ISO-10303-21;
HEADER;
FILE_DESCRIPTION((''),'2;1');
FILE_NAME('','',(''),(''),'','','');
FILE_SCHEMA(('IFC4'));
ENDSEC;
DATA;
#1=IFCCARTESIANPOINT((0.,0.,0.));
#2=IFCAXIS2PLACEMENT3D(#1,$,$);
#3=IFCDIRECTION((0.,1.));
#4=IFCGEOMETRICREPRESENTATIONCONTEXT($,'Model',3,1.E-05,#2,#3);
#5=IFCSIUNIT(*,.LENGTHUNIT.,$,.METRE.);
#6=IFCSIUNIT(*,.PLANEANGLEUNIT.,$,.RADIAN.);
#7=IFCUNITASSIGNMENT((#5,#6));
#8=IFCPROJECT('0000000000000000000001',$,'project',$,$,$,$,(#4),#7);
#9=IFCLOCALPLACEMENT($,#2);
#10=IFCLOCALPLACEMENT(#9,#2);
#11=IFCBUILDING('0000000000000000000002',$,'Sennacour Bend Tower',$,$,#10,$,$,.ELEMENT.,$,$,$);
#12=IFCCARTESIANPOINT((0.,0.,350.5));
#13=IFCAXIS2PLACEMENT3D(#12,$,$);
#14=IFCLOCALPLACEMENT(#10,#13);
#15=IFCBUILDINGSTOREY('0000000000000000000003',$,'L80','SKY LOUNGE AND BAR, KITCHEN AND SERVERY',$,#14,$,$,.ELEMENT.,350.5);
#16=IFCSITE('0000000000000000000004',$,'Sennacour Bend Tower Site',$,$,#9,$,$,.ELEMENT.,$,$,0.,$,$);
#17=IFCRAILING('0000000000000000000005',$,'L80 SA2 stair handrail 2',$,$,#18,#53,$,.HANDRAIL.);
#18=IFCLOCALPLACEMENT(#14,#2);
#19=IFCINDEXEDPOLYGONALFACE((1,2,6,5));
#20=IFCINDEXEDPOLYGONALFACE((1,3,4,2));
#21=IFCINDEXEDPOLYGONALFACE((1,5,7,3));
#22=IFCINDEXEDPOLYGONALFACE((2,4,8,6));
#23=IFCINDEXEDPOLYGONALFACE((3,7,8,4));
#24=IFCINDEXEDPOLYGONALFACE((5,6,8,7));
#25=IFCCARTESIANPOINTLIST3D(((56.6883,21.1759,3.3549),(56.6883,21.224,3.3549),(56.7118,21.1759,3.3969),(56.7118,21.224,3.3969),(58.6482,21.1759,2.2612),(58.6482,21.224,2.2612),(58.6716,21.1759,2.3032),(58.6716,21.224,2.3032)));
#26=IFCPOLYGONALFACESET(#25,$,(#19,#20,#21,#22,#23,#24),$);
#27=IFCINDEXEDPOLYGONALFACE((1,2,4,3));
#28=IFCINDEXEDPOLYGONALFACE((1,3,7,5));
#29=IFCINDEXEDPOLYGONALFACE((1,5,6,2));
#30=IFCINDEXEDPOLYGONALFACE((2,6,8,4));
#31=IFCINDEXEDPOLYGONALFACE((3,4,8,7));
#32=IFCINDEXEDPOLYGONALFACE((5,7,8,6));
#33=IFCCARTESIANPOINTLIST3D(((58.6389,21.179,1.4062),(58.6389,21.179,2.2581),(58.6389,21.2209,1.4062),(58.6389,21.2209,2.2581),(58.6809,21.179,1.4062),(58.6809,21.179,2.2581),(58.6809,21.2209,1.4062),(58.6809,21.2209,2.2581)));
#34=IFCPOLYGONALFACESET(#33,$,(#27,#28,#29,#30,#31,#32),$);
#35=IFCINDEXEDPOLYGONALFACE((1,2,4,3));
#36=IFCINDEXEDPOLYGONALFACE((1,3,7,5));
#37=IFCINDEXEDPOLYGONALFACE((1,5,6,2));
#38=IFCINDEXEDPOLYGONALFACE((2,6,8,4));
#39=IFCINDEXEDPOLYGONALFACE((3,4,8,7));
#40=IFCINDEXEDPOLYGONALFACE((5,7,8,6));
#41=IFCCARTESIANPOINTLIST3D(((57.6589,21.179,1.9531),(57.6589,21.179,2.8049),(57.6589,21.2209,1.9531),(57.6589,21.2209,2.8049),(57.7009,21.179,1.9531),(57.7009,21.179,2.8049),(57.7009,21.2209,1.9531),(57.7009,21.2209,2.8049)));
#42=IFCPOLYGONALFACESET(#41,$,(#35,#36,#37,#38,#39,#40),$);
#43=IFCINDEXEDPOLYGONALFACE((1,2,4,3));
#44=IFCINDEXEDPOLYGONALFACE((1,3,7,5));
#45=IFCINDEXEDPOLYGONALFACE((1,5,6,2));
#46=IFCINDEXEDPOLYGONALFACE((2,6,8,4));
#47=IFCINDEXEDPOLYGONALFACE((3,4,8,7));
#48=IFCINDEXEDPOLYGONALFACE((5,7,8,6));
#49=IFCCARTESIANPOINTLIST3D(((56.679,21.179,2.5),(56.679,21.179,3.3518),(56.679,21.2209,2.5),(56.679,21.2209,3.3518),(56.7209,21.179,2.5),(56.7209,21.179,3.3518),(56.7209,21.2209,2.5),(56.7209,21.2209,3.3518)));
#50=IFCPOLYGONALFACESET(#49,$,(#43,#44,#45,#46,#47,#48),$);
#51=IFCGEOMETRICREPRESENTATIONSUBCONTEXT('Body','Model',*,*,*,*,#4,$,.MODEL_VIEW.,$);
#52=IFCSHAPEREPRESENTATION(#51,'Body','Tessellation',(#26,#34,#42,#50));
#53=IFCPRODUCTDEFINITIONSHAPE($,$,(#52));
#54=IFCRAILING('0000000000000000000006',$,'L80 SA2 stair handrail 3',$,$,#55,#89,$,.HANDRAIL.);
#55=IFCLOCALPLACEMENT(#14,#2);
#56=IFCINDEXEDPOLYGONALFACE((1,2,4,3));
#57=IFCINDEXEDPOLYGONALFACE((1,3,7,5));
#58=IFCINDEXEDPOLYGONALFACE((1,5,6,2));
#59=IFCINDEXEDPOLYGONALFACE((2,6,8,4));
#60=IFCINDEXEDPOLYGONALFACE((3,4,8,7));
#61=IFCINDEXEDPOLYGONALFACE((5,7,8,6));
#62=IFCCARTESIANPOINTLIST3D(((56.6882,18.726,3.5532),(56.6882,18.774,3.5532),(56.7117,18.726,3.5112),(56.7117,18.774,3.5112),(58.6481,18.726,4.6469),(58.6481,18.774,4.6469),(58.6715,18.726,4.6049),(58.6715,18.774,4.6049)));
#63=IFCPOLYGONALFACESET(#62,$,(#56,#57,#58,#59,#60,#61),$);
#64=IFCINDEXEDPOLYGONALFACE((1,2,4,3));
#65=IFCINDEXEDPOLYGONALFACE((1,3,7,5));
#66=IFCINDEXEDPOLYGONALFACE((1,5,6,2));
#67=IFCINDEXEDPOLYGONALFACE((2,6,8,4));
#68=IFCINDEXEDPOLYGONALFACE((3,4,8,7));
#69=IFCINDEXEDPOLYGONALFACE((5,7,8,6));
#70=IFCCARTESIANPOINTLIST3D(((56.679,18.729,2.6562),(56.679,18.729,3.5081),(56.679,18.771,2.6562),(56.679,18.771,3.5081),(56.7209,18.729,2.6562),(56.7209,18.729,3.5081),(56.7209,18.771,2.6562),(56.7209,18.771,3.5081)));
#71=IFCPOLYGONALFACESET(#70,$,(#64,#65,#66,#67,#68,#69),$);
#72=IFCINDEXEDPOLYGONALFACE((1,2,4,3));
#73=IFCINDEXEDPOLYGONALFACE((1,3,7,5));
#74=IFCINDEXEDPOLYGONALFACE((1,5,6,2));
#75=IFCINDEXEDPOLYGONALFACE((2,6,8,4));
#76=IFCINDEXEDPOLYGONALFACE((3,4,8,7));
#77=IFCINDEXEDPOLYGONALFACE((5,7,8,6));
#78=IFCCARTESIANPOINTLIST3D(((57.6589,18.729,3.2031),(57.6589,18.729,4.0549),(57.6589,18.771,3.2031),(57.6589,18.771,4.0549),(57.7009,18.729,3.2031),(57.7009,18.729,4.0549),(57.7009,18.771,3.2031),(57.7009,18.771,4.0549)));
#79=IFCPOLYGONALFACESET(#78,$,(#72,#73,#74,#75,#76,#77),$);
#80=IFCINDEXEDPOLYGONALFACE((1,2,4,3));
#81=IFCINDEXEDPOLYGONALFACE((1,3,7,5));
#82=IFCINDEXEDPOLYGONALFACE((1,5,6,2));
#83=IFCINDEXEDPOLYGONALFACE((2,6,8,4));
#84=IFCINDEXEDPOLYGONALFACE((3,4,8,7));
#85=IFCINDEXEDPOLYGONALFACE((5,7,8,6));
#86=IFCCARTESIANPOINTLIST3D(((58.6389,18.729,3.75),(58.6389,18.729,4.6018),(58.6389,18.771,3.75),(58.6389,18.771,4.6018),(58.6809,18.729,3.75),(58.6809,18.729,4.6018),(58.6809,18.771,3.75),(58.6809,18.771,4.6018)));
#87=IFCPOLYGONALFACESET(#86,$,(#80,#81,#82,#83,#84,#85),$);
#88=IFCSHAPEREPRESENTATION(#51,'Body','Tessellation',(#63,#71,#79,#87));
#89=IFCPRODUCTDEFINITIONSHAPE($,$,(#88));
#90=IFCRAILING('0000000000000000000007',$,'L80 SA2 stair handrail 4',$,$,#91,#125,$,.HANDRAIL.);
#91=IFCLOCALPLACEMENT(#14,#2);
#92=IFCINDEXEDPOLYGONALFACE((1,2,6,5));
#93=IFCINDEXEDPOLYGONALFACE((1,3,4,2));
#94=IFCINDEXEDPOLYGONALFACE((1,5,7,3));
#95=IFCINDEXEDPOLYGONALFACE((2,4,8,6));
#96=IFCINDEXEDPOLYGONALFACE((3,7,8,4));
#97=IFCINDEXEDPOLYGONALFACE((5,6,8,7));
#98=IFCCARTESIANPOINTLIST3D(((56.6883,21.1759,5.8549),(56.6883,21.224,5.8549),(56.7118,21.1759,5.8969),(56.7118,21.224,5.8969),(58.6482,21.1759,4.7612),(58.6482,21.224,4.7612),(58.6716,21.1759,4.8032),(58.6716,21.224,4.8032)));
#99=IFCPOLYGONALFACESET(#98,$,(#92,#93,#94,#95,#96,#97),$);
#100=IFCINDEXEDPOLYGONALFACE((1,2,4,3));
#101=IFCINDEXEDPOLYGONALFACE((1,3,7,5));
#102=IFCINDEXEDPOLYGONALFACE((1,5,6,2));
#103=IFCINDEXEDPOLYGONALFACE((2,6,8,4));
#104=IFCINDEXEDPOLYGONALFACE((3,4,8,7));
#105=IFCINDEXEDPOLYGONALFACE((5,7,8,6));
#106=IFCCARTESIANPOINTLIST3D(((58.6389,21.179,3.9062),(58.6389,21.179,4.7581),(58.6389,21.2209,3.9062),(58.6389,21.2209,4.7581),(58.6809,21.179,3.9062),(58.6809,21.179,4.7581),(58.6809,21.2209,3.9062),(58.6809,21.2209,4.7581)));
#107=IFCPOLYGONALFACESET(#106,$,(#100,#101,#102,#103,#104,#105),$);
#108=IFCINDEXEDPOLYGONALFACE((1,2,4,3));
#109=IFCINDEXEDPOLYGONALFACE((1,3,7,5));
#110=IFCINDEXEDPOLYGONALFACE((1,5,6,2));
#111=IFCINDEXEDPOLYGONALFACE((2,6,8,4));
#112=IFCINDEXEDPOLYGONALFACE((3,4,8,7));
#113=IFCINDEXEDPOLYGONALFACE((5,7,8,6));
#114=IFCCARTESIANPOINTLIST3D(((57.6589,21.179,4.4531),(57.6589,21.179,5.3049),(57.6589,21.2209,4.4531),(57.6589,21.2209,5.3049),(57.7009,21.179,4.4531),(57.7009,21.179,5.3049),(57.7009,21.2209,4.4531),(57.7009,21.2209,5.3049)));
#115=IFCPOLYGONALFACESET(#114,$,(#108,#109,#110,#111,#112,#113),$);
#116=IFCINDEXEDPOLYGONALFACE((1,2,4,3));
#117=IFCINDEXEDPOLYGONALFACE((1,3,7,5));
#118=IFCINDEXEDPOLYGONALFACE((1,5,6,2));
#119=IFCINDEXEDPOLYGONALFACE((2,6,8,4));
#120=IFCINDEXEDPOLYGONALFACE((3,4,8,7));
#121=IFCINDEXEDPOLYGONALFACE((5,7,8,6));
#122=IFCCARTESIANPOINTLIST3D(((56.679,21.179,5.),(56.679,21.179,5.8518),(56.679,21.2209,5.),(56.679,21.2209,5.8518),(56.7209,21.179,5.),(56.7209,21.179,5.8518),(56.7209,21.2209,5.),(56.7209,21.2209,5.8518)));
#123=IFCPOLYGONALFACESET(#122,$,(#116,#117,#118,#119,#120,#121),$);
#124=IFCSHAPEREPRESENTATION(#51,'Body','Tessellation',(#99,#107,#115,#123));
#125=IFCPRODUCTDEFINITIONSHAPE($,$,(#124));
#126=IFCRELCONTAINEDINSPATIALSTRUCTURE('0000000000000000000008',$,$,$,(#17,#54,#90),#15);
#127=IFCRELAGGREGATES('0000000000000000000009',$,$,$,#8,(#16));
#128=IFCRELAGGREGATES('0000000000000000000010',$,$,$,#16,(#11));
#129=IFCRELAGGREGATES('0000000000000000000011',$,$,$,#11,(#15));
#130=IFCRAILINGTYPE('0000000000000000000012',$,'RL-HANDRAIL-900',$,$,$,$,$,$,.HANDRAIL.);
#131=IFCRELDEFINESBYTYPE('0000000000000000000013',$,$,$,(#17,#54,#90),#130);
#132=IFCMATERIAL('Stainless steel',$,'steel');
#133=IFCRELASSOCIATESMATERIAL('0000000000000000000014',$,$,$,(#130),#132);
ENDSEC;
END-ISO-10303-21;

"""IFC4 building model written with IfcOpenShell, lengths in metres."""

from ifc_helpers import new_model, si_unit, direction, frame, origin, origin_2d, place, context, subcontext, project, spatial, rectangle, extrude, material, type_object, element, save


model = new_model("IFC4")

# Units and contexts
model_context = context("Model", 3, precision=1e-05, world=origin(), true_north=direction((0.0, 1.0)))
body_context = subcontext(model_context, "Body", "Model", "MODEL_VIEW")
ifc_project = project(units=[si_unit("LENGTHUNIT", "METRE"), si_unit("PLANEANGLEUNIT", "RADIAN")], contexts=[model_context])

# Site, building, storey
site_placement = place(None, origin())
site = spatial("IfcSite", under=ifc_project, at=site_placement, Name="Sennacour Bend Tower Site", CompositionType="ELEMENT", RefElevation=0.0)
building_placement = place(site_placement, origin())
building = spatial("IfcBuilding", under=site, at=building_placement, Name="Sennacour Bend Tower", CompositionType="ELEMENT")
storey_placement = place(building_placement, frame((0.0, 0.0, 350.5)))
storey = spatial("IfcBuildingStorey", under=building, at=storey_placement, Name="L80", Description="SKY LOUNGE AND BAR, KITCHEN AND SERVERY", CompositionType="ELEMENT", Elevation=350.5)

# Shared definitions
ifc_material_1 = material(Name="Stainless steel", Category="steel")

# Railings
railing_type_1 = type_object("IfcRailingType", Name="RL-HANDRAIL-900", PredefinedType="HANDRAIL", material=ifc_material_1)
railing_1_placement = place(storey_placement, frame((58.6599, 21.2, 1.4062)))
element("IfcRailing", 1, at=railing_1_placement, inside=storey, type_object=railing_type_1, Name="L80 SA2 stair handrail 2", PredefinedType="HANDRAIL", context=body_context, shape_type="SweptSolid", body=[
    extrude(rectangle(XDim=0.0481, YDim=0.0481, at=origin_2d()), frame((0.0, 0.0, 0.876), z_axis=(-0.873232, 0.0, 0.487304), x_axis=(0.0, -1.0, 0.0)), (0.0, 0.0, 1.0), 2.2444),
    extrude(rectangle(XDim=0.042, YDim=0.042, at=origin_2d()), origin(), (0.0, 0.0, 1.0), 0.8518),
    extrude(rectangle(XDim=0.042, YDim=0.042, at=origin_2d()), frame((-0.98, 0.0, 0.5469)), (0.0, 0.0, 1.0), 0.8518),
    extrude(rectangle(XDim=0.042, YDim=0.042, at=origin_2d()), frame((-1.96, 0.0, 1.0938)), (0.0, 0.0, 1.0), 0.8518),
])
railing_2_placement = place(storey_placement, frame((56.7, 18.75, 2.6562)))
element("IfcRailing", 2, at=railing_2_placement, inside=storey, type_object=railing_type_1, Name="L80 SA2 stair handrail 3", PredefinedType="HANDRAIL", context=body_context, shape_type="SweptSolid", body=[
    extrude(rectangle(XDim=0.0481, YDim=0.0481, at=origin_2d()), frame((0.0, 0.0, 0.876), z_axis=(0.873232, 0.0, 0.487304), x_axis=(0.0, 1.0, 0.0)), (0.0, 0.0, 1.0), 2.2444),
    extrude(rectangle(XDim=0.042, YDim=0.042, at=origin_2d()), origin(), (0.0, 0.0, 1.0), 0.8518),
    extrude(rectangle(XDim=0.042, YDim=0.042, at=origin_2d()), frame((0.98, 0.0, 0.5469)), (0.0, 0.0, 1.0), 0.8518),
    extrude(rectangle(XDim=0.042, YDim=0.042, at=origin_2d()), frame((1.96, 0.0, 1.0938)), (0.0, 0.0, 1.0), 0.8518),
])
railing_3_placement = place(storey_placement, frame((58.6599, 21.2, 3.9062)))
element("IfcRailing", 3, at=railing_3_placement, inside=storey, type_object=railing_type_1, Name="L80 SA2 stair handrail 4", PredefinedType="HANDRAIL", context=body_context, shape_type="SweptSolid", body=[
    extrude(rectangle(XDim=0.0481, YDim=0.0481, at=origin_2d()), frame((0.0, 0.0, 0.876), z_axis=(-0.873232, 0.0, 0.487304), x_axis=(0.0, -1.0, 0.0)), (0.0, 0.0, 1.0), 2.2444),
    extrude(rectangle(XDim=0.042, YDim=0.042, at=origin_2d()), origin(), (0.0, 0.0, 1.0), 0.8518),
    extrude(rectangle(XDim=0.042, YDim=0.042, at=origin_2d()), frame((-0.98, 0.0, 0.5469)), (0.0, 0.0, 1.0), 0.8518),
    extrude(rectangle(XDim=0.042, YDim=0.042, at=origin_2d()), frame((-1.96, 0.0, 1.0938)), (0.0, 0.0, 1.0), 0.8518),
])

save(model, "model.ifc")
